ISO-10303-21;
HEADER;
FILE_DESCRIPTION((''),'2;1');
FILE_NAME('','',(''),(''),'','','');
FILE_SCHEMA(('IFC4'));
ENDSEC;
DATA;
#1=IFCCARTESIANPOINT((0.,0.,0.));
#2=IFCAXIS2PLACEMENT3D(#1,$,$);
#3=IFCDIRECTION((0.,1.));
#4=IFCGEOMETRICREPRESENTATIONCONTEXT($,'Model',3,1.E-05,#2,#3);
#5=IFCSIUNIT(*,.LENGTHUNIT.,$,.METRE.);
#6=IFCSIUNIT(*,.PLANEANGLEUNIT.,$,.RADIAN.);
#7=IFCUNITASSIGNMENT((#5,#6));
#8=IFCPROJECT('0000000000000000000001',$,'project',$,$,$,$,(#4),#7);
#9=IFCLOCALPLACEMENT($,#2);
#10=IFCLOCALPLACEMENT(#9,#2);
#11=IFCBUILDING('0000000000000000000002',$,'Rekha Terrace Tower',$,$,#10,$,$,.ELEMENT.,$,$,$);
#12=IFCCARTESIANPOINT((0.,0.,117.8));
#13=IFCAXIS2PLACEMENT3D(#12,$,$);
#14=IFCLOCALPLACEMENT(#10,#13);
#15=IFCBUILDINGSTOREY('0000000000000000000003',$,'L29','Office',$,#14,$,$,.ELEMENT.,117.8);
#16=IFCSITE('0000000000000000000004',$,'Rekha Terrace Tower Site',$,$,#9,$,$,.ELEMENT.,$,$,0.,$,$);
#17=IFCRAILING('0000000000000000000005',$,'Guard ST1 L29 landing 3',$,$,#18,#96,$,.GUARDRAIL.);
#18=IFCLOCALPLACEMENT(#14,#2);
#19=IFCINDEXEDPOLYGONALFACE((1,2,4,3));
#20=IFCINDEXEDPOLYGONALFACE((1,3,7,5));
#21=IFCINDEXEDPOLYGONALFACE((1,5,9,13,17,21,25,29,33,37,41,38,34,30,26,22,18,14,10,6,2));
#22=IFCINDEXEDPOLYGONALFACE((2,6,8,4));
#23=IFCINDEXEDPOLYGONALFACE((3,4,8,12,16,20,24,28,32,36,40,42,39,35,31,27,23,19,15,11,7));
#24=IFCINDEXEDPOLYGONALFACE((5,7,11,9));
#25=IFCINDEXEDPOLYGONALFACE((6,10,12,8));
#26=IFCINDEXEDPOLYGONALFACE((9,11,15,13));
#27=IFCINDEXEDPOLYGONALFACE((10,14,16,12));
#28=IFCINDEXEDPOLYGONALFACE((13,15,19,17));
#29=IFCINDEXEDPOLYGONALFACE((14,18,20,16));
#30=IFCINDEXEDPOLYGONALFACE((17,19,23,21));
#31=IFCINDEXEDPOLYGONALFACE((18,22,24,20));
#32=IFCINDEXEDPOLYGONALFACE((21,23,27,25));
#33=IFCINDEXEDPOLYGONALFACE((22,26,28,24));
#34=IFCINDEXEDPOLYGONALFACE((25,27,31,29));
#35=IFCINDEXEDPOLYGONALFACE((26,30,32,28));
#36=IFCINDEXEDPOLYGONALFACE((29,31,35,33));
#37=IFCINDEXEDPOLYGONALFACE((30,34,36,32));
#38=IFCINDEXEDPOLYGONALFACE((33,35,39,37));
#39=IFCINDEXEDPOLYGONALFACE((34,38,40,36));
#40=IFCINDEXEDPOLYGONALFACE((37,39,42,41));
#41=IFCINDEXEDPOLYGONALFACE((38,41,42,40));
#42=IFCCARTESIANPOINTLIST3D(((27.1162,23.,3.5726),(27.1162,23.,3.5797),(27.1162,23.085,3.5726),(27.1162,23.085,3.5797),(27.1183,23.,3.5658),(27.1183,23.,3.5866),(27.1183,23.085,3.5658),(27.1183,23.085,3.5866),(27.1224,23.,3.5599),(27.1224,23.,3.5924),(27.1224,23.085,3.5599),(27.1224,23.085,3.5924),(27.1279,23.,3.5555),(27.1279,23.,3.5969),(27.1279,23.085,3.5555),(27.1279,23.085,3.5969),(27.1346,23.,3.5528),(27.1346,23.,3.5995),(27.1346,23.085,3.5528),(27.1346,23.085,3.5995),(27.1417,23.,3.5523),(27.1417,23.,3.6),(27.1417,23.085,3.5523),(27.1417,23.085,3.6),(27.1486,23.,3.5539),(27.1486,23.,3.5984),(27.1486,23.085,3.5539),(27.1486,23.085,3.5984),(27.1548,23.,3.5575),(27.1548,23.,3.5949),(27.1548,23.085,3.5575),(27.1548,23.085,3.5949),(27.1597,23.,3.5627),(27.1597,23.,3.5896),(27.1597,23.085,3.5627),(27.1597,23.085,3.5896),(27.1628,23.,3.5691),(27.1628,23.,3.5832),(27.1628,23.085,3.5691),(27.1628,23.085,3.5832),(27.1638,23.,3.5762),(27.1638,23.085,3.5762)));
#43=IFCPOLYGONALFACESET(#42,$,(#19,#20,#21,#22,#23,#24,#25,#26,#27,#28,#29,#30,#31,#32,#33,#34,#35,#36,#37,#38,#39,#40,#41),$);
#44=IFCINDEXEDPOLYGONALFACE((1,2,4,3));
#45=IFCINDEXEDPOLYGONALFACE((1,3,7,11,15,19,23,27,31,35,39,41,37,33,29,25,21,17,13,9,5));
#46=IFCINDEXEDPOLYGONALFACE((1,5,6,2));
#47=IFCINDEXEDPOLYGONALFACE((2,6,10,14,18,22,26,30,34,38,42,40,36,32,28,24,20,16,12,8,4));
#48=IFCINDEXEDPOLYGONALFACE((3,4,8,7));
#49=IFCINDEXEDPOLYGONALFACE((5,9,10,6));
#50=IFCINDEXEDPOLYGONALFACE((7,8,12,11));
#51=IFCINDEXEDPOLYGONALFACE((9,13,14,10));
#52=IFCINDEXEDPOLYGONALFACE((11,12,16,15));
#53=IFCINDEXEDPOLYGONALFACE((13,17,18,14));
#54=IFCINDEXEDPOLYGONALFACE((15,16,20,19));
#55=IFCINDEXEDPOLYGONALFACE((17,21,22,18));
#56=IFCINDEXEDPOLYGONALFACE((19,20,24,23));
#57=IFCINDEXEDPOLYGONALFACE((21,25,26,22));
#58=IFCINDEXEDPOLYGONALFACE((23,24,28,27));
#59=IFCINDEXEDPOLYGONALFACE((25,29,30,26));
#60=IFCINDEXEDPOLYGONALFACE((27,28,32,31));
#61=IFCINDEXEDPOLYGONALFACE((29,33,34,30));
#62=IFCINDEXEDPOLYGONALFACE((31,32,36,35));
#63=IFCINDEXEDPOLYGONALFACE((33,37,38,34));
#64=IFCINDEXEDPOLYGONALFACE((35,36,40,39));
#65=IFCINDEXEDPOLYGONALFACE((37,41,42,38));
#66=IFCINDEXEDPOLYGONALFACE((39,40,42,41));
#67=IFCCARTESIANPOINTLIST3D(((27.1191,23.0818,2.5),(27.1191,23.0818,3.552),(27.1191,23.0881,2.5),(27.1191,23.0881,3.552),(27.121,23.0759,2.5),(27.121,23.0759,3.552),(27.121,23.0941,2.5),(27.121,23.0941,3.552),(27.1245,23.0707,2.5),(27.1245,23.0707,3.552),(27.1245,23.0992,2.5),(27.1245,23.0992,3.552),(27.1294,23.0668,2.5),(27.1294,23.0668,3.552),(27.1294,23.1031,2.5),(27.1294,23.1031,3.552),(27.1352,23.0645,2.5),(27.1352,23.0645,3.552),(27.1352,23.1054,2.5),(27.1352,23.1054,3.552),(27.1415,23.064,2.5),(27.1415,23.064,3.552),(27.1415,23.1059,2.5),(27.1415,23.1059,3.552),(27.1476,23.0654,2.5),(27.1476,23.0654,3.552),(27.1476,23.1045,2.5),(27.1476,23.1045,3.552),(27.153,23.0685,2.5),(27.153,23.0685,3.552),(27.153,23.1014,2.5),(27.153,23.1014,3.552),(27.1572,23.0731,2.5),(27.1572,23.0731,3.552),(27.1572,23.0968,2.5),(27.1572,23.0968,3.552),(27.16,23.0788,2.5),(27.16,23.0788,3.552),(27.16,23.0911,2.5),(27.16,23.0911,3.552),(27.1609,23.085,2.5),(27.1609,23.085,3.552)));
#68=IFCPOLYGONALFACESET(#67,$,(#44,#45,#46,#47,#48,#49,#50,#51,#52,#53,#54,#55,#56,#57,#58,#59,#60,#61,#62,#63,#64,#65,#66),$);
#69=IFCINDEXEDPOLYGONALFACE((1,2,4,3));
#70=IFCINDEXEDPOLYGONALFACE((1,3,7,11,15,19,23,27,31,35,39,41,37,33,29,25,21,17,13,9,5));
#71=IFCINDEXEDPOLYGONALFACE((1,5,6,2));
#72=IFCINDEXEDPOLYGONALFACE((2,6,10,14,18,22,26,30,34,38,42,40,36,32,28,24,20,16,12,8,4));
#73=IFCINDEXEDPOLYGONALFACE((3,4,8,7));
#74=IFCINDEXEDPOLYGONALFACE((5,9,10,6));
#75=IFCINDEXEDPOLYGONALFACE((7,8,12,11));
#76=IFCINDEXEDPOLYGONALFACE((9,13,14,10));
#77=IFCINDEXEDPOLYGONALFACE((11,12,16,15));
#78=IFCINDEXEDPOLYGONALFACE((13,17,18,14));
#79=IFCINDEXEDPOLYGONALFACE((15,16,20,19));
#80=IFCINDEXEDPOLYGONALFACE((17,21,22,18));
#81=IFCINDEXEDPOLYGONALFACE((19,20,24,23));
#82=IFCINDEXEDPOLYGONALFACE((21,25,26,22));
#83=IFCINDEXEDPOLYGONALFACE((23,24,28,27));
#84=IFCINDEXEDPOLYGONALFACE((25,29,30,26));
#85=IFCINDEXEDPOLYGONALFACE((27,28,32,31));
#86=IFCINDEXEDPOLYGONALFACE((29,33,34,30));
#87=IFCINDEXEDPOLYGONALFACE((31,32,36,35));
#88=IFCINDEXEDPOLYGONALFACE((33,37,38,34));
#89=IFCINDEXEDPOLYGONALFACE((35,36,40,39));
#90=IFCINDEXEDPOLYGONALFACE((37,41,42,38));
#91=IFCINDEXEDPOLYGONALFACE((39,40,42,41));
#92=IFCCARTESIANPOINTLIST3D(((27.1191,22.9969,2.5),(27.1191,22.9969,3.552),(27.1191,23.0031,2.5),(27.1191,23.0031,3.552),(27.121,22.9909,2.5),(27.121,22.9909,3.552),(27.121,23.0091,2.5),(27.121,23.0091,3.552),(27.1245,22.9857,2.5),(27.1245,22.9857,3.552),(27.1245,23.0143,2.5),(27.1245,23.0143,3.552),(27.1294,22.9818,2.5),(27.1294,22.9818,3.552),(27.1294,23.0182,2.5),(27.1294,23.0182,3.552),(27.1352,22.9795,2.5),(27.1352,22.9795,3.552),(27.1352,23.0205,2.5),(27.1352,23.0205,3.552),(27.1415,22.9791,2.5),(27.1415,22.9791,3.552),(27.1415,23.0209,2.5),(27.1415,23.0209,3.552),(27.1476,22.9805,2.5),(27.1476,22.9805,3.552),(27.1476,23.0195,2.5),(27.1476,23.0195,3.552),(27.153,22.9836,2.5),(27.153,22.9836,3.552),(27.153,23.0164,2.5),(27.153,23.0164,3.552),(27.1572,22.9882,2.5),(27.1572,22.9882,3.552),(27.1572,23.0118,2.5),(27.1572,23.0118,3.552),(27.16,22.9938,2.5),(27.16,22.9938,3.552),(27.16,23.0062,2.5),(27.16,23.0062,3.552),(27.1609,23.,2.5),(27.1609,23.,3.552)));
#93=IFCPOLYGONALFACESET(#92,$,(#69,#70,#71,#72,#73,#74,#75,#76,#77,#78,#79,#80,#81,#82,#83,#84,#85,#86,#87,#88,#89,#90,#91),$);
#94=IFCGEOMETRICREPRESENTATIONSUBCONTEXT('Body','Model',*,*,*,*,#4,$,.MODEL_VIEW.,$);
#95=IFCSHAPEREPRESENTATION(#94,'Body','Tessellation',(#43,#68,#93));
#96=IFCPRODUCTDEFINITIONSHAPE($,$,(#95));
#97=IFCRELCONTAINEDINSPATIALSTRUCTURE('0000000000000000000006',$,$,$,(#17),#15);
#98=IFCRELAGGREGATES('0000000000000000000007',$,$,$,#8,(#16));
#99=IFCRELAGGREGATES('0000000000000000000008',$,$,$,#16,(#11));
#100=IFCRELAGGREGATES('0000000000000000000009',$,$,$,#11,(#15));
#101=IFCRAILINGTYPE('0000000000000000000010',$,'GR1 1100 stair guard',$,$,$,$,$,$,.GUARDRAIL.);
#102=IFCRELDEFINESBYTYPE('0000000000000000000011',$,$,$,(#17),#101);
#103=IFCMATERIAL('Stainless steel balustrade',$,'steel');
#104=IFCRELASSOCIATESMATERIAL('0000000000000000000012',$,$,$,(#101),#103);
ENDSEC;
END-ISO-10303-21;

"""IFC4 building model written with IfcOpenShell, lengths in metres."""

from ifc_helpers import new_model, si_unit, direction, frame, origin, origin_2d, place, context, subcontext, project, spatial, circle, extrude, material, type_object, element, save


model = new_model("IFC4")

# Units and contexts
model_context = context("Model", 3, precision=1e-05, world=origin(), true_north=direction((0.0, 1.0)))
body_context = subcontext(model_context, "Body", "Model", "MODEL_VIEW")
ifc_project = project(units=[si_unit("LENGTHUNIT", "METRE"), si_unit("PLANEANGLEUNIT", "RADIAN")], contexts=[model_context])

# Site, building, storey
site_placement = place(None, origin())
site = spatial("IfcSite", under=ifc_project, at=site_placement, Name="Rekha Terrace Tower Site", CompositionType="ELEMENT", RefElevation=0.0)
building_placement = place(site_placement, origin())
building = spatial("IfcBuilding", under=site, at=building_placement, Name="Rekha Terrace Tower", CompositionType="ELEMENT")
storey_placement = place(building_placement, frame((0.0, 0.0, 117.8)))
storey = spatial("IfcBuildingStorey", under=building, at=storey_placement, Name="L29", Description="Office", CompositionType="ELEMENT", Elevation=117.8)

# Railing
ifc_material_1 = material(Name="Stainless steel balustrade", Category="steel")
railing_type_1 = type_object("IfcRailingType", Name="GR1 1100 stair guard", PredefinedType="GUARDRAIL", material=ifc_material_1)
railing_1_placement = place(storey_placement, frame((27.1399, 23.085, 2.5)))
element("IfcRailing", 1, at=railing_1_placement, inside=storey, type_object=railing_type_1, Name="Guard ST1 L29 landing 3", PredefinedType="GUARDRAIL", context=body_context, shape_type="SweptSolid", body=[
    extrude(circle(Radius=0.0239, at=origin_2d()), frame((0.0, 0.0, 1.0762), z_axis=(0.0, -1.0, 0.0), x_axis=(1.0, 0.0, 0.0)), (0.0, 0.0, 1.0), 0.085),
    extrude(circle(Radius=0.021, at=origin_2d()), origin(), (0.0, 0.0, 1.0), 1.052),
    extrude(circle(Radius=0.021, at=origin_2d()), frame((0.0, -0.085, 0.0)), (0.0, 0.0, 1.0), 1.052),
])

save(model, "model.ifc")
